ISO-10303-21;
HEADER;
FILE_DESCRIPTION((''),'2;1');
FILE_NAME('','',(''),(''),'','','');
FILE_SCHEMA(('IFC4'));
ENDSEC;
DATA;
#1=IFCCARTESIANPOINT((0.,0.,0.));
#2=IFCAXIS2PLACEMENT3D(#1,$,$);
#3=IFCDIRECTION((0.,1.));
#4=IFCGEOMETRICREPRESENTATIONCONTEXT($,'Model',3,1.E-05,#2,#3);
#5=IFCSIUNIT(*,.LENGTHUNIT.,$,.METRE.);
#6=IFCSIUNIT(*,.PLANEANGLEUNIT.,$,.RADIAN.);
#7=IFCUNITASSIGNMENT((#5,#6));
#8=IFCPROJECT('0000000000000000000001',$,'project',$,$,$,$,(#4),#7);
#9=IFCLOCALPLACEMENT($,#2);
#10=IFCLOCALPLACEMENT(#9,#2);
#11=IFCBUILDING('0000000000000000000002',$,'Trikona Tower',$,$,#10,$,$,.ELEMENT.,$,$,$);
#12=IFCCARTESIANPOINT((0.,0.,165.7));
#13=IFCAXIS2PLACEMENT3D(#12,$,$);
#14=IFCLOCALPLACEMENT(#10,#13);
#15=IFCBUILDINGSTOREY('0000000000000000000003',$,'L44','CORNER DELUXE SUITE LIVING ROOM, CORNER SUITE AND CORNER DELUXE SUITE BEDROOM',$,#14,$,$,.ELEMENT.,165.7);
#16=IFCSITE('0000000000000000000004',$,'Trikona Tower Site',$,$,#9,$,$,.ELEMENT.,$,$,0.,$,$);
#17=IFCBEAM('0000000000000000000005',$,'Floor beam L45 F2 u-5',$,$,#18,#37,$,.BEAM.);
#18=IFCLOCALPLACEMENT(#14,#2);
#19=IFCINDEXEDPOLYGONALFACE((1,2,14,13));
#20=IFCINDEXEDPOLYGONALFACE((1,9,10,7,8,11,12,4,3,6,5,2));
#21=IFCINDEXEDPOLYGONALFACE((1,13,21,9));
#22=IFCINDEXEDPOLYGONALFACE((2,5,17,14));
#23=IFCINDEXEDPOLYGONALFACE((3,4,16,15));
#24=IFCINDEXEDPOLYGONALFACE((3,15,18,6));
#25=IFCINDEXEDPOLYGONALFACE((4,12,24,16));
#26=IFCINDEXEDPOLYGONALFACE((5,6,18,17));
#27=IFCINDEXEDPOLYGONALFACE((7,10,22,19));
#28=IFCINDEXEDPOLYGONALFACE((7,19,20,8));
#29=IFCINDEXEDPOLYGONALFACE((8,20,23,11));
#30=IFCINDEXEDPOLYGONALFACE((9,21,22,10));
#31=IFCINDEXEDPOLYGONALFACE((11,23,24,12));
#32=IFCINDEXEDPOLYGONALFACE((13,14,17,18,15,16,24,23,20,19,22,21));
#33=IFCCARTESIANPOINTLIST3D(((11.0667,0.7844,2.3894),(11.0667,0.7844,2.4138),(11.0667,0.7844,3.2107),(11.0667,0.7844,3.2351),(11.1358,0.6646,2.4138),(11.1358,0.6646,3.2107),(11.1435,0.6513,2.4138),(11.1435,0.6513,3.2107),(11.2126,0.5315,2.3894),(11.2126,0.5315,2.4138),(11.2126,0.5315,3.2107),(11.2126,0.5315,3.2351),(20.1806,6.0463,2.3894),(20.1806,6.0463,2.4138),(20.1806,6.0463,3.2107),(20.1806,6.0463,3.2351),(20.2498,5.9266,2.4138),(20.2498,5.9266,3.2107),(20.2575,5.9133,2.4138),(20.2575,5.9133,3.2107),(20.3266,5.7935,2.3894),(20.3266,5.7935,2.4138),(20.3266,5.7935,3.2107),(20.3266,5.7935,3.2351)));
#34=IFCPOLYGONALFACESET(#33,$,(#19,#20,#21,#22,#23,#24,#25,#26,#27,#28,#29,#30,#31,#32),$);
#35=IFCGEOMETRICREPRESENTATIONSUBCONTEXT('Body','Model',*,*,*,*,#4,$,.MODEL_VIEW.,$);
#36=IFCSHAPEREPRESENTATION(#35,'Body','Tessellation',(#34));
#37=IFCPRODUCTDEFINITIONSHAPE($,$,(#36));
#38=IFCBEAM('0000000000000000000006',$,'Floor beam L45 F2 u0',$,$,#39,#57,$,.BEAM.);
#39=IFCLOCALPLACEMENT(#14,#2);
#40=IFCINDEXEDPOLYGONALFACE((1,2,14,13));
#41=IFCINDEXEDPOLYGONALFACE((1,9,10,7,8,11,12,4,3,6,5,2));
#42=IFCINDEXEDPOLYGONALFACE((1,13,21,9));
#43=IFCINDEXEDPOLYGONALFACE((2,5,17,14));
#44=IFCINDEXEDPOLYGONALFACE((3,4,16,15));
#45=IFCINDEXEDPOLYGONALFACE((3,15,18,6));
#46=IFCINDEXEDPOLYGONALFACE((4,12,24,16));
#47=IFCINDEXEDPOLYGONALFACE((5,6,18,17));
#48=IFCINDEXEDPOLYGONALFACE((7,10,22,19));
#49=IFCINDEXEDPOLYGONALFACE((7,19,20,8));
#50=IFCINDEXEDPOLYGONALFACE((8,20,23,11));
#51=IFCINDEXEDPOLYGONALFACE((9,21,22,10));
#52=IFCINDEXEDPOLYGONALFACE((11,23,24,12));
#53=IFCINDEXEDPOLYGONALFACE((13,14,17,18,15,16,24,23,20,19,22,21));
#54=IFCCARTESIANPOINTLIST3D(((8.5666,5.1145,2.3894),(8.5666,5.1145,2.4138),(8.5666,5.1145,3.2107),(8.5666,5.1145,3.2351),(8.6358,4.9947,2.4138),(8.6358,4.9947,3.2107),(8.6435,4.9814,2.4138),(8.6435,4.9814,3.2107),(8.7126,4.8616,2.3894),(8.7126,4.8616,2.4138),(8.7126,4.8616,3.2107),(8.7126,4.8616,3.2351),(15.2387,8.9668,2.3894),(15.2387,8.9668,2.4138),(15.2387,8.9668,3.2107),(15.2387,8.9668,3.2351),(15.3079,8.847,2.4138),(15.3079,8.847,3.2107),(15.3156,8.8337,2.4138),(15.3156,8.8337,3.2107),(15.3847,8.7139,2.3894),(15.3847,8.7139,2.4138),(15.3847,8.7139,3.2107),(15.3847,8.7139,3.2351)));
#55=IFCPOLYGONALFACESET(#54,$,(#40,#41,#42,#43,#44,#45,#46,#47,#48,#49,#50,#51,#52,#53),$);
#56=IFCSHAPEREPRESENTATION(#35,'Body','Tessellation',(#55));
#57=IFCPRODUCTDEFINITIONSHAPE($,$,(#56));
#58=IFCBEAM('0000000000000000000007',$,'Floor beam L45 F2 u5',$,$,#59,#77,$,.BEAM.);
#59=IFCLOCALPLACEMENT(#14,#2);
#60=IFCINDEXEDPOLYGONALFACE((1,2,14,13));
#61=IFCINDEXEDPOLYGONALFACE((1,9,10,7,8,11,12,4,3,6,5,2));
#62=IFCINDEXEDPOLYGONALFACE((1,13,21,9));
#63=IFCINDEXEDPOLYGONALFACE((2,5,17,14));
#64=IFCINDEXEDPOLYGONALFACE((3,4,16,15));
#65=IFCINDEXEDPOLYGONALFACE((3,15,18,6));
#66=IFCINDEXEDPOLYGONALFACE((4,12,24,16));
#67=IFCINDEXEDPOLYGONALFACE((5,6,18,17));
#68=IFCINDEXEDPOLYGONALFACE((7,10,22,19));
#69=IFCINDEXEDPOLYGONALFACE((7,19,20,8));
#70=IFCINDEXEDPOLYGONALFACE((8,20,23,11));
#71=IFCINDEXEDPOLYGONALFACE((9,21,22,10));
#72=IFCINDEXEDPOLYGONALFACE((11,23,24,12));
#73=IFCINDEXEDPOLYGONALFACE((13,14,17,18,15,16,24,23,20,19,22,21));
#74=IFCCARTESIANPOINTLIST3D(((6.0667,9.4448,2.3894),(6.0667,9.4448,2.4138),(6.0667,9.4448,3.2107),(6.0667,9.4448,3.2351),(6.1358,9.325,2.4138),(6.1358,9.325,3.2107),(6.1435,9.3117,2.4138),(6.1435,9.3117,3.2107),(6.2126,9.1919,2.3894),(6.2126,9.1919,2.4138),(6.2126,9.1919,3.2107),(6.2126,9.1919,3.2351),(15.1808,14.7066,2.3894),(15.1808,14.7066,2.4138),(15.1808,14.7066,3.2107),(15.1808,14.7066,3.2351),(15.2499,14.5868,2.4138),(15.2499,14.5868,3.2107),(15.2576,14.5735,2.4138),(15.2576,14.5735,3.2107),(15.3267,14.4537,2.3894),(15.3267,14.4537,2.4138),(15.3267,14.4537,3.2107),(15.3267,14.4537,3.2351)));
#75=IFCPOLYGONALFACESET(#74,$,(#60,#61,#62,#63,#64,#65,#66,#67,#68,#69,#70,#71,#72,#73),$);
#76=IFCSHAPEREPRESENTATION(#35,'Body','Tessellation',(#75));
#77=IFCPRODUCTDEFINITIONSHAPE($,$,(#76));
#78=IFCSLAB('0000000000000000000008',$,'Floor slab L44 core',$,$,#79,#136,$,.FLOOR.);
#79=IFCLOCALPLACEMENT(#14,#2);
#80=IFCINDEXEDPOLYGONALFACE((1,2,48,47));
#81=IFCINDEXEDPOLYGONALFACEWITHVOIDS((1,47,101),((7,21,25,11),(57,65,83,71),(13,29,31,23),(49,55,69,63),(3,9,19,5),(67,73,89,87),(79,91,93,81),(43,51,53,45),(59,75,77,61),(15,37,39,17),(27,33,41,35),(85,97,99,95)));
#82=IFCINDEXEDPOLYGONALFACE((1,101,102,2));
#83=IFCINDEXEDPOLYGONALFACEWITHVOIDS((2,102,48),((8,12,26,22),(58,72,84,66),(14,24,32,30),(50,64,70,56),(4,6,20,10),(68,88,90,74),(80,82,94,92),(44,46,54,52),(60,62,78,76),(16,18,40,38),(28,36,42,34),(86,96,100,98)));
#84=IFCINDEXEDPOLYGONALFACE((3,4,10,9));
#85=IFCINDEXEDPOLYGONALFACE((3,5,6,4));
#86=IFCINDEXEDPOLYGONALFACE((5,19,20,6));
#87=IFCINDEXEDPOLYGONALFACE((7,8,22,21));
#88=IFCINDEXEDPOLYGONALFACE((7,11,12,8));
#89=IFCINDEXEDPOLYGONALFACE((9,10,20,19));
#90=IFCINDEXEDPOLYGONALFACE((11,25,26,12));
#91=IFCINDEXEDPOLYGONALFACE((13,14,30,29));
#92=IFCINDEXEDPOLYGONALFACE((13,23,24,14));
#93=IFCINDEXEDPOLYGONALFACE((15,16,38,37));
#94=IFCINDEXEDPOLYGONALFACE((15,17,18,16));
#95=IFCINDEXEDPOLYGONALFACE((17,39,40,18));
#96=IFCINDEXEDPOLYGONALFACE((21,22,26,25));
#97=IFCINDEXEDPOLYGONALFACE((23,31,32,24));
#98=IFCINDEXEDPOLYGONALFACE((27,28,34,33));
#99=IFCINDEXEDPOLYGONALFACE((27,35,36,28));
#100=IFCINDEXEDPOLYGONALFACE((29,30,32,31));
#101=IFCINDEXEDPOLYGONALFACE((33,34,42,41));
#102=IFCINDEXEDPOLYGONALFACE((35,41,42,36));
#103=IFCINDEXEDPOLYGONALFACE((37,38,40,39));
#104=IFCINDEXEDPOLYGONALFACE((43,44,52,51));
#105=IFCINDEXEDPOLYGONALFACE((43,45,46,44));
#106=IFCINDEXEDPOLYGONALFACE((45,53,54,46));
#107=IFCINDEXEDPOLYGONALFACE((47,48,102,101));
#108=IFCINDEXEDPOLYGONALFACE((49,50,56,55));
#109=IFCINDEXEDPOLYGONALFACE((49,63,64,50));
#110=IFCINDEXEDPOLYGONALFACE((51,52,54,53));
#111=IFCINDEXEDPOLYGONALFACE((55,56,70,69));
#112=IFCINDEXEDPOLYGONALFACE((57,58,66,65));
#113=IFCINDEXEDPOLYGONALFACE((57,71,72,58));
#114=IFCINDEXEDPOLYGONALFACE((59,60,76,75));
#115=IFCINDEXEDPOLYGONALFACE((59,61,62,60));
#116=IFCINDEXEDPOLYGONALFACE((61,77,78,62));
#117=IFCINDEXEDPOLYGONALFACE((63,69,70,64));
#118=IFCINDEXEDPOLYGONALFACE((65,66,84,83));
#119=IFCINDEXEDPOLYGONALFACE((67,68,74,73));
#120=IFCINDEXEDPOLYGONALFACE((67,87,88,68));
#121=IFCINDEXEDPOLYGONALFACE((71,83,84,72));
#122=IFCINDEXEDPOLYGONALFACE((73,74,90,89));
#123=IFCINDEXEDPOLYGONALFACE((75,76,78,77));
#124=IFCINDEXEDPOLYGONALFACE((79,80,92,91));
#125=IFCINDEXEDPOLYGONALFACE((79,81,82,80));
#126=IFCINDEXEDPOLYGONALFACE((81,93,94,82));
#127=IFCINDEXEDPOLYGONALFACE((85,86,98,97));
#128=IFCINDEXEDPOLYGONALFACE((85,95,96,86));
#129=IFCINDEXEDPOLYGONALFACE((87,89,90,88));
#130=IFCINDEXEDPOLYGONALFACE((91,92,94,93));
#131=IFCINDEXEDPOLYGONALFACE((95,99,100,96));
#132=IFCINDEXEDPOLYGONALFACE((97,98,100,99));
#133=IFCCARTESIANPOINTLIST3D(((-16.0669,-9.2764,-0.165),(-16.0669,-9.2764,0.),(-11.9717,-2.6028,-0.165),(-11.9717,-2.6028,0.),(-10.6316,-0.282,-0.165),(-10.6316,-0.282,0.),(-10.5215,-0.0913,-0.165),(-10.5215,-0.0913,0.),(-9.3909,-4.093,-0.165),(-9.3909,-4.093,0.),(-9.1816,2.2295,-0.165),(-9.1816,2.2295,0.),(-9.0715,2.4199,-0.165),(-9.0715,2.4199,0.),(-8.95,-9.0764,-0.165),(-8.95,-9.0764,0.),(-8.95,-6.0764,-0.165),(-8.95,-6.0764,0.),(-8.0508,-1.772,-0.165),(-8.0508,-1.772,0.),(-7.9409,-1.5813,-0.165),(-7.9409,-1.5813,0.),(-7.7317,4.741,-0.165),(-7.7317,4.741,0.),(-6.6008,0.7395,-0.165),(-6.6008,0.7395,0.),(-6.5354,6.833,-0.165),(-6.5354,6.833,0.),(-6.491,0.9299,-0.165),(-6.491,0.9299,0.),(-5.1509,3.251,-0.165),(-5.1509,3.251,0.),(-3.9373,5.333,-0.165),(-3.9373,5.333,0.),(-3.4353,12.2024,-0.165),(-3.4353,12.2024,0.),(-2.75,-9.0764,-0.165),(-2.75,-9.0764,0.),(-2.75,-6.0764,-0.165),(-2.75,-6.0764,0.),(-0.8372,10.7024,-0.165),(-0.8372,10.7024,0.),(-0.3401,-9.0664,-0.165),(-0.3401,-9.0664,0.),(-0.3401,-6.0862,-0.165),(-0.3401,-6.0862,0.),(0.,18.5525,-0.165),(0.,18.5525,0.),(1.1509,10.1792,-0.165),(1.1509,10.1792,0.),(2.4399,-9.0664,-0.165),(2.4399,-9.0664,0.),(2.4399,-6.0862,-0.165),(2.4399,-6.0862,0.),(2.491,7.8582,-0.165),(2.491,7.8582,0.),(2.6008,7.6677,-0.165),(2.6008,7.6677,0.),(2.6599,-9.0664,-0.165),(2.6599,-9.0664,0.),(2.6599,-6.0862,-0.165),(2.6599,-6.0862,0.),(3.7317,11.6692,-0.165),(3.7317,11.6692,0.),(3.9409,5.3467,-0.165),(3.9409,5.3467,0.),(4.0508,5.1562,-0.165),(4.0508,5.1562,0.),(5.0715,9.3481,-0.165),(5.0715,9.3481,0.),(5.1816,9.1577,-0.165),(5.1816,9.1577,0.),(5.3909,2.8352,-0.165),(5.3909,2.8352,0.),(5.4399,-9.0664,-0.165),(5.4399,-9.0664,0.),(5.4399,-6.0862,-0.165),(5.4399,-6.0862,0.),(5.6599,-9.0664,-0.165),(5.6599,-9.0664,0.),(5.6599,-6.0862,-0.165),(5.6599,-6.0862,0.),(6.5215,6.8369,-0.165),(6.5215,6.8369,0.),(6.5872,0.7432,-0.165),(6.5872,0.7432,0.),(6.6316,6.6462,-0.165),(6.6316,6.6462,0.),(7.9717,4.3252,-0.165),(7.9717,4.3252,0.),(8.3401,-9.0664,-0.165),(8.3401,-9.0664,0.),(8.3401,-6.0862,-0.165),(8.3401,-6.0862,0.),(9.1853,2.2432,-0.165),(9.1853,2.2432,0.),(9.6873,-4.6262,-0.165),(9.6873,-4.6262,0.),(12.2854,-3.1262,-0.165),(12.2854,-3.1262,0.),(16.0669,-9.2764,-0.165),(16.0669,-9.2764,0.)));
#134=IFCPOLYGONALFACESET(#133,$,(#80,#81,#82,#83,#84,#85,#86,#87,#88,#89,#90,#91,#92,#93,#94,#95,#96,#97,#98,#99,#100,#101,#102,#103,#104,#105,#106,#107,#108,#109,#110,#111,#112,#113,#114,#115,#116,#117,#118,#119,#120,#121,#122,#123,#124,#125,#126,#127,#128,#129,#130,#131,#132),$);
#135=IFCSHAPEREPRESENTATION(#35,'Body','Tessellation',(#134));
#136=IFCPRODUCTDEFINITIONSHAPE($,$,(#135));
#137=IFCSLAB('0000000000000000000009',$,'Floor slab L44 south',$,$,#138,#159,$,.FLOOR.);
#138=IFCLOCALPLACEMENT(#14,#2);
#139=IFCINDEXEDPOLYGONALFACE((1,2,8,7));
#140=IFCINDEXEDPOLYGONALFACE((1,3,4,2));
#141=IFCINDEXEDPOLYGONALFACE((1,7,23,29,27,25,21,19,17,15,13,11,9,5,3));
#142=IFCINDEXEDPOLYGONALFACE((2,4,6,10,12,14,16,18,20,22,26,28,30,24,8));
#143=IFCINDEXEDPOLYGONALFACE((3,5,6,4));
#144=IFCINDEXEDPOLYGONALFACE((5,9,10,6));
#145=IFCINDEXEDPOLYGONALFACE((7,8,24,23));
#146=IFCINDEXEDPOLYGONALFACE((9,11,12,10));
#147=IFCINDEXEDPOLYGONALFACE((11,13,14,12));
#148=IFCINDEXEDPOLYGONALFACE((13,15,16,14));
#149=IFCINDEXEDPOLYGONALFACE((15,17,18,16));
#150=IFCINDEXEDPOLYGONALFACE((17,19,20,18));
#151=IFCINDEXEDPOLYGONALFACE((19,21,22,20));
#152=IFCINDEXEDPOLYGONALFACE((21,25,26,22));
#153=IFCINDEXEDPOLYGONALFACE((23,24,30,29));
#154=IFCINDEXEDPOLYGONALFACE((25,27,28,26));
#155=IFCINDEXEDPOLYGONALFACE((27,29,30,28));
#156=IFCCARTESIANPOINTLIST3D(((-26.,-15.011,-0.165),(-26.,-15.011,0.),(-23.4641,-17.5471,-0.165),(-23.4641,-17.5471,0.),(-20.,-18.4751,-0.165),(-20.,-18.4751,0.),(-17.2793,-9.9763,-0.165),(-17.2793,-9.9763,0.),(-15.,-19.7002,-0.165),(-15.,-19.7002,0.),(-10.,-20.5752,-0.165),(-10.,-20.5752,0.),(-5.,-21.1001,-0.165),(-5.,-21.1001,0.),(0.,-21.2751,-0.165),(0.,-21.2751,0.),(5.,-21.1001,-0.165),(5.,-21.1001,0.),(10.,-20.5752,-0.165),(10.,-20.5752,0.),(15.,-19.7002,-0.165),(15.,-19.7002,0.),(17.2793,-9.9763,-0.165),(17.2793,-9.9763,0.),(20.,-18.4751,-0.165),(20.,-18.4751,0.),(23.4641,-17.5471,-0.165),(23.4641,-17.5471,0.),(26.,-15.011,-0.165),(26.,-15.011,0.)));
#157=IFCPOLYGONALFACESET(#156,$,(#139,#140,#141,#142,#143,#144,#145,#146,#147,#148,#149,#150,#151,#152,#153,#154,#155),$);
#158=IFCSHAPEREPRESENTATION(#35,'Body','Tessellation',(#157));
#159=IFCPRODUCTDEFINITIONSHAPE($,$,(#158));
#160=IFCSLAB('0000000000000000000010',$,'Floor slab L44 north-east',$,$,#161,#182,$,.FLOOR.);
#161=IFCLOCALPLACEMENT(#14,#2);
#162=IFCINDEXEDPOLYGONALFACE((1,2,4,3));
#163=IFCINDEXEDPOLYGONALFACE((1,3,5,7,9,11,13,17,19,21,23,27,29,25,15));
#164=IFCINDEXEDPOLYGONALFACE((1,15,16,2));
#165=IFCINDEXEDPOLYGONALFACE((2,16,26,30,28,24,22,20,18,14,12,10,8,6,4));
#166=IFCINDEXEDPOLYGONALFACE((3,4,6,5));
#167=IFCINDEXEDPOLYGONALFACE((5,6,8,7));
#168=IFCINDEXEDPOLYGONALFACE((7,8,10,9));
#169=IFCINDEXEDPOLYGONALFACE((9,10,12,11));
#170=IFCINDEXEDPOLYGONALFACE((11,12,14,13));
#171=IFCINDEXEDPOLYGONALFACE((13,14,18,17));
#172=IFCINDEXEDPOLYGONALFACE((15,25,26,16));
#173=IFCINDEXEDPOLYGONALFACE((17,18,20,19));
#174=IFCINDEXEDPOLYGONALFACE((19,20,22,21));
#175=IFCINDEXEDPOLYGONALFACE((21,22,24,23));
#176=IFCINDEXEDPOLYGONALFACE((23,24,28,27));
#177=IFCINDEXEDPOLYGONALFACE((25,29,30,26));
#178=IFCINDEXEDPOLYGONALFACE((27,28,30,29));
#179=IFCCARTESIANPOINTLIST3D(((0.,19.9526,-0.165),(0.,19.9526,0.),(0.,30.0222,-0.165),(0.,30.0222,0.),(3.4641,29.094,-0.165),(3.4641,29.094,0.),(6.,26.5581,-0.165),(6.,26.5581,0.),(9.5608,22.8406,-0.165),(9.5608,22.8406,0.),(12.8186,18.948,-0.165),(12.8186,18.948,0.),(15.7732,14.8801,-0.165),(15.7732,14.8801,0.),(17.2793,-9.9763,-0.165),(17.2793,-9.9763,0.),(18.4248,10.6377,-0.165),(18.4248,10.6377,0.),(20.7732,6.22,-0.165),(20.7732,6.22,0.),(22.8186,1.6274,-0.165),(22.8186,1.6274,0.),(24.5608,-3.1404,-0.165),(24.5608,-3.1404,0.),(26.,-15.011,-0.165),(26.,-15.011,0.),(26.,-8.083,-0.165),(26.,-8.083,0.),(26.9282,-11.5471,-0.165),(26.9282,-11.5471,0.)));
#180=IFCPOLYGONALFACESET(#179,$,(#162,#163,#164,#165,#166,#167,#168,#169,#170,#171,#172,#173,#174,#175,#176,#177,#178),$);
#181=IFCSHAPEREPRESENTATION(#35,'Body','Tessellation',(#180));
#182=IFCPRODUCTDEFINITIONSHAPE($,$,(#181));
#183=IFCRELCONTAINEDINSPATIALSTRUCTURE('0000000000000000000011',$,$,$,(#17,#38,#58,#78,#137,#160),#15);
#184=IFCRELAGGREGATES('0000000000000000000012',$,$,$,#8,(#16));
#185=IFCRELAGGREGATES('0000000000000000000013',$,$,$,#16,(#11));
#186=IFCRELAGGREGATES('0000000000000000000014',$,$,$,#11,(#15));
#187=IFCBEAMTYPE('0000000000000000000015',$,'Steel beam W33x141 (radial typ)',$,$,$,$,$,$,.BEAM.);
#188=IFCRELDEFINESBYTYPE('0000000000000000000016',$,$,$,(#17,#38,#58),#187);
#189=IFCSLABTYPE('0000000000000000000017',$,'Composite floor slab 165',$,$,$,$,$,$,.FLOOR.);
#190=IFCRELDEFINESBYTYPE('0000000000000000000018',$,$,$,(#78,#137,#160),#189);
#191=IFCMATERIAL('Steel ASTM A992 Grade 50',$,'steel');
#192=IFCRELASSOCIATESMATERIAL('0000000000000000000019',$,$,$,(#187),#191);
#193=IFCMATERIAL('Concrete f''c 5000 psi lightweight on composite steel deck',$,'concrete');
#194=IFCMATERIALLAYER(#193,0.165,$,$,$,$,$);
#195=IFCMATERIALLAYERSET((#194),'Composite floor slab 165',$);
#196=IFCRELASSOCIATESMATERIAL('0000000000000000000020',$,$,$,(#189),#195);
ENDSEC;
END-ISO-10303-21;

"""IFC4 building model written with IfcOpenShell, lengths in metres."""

from ifc_helpers import new_model, si_unit, direction, frame, origin, origin_2d, place, context, subcontext, project, spatial, polyline, i_section, outline, extrude, material, layer, layer_set, material_profile, profile_set, type_object, element, save


model = new_model("IFC4")

# Units and contexts
model_context = context("Model", 3, precision=1e-05, world=origin(), true_north=direction((0.0, 1.0)))
body_context = subcontext(model_context, "Body", "Model", "MODEL_VIEW")
ifc_project = project(units=[si_unit("LENGTHUNIT", "METRE"), si_unit("PLANEANGLEUNIT", "RADIAN")], contexts=[model_context])

# Site, building, storey
site_placement = place(None, origin())
site = spatial("IfcSite", under=ifc_project, at=site_placement, Name="Trikona Tower Site", CompositionType="ELEMENT", RefElevation=0.0)
building_placement = place(site_placement, origin())
building = spatial("IfcBuilding", under=site, at=building_placement, Name="Trikona Tower", CompositionType="ELEMENT")
storey_placement = place(building_placement, frame((0.0, 0.0, 165.7)))
storey = spatial("IfcBuildingStorey", under=building, at=storey_placement, Name="L44", Description="CORNER DELUXE SUITE LIVING ROOM, CORNER SUITE AND CORNER DELUXE SUITE BEDROOM", CompositionType="ELEMENT", Elevation=165.7)

# Beams
ifc_material_1 = material(Name="Steel ASTM A992 Grade 50", Category="steel")
ifc_material_profile = material_profile(ifc_material_1, i_section(OverallWidth=0.292, OverallDepth=0.8457, WebThickness=0.0154, FlangeThickness=0.0244, at=origin_2d()), Name="W33X141")
ifc_profile_set = profile_set([ifc_material_profile], Name="Steel ASTM A992 Grade 50")
beam_type = type_object("IfcBeamType", Name="Steel beam W33x141 (radial typ)", PredefinedType="BEAM", material=ifc_profile_set)
beam_1_placement = place(storey_placement, frame((11.1396, 0.658, 2.8123), z_axis=(0.866026, 0.499999, 0.0), x_axis=(-0.499999, 0.866026, 0.0)))
element("IfcBeam", 1, at=beam_1_placement, inside=storey, type_object=beam_type, Name="Floor beam L45 F2 u-5", PredefinedType="BEAM", context=body_context, shape_type="SweptSolid", body=[
    extrude(i_section(OverallWidth=0.292, OverallDepth=0.8457, WebThickness=0.0154, FlangeThickness=0.0244, at=origin_2d()), origin(), (0.0, 0.0, 1.0), 10.5239),
])
beam_2_placement = place(storey_placement, frame((8.6396, 4.988, 2.8123), z_axis=(0.866017, 0.500014, 0.0), x_axis=(-0.500014, 0.866017, 0.0)))
element("IfcBeam", 2, at=beam_2_placement, inside=storey, type_object=beam_type, Name="Floor beam L45 F2 u0", PredefinedType="BEAM", context=body_context, shape_type="SweptSolid", body=[
    extrude(i_section(OverallWidth=0.292, OverallDepth=0.8457, WebThickness=0.0154, FlangeThickness=0.0244, at=origin_2d()), origin(), (0.0, 0.0, 1.0), 7.7043),
])
beam_3_placement = place(storey_placement, frame((6.1396, 9.3184, 2.8123), z_axis=(0.866036, 0.499982, 0.0), x_axis=(-0.499982, 0.866036, 0.0)))
element("IfcBeam", 3, at=beam_3_placement, inside=storey, type_object=beam_type, Name="Floor beam L45 F2 u5", PredefinedType="BEAM", context=body_context, shape_type="SweptSolid", body=[
    extrude(i_section(OverallWidth=0.292, OverallDepth=0.8457, WebThickness=0.0154, FlangeThickness=0.0244, at=origin_2d()), origin(), (0.0, 0.0, 1.0), 10.5239),
])

# Slabs
ifc_material_2 = material(Name="Concrete f'c 5000 psi lightweight on composite steel deck", Category="concrete")
ifc_layer_1 = layer(ifc_material_2, 0.165)
ifc_layer_set_1 = layer_set([ifc_layer_1], Name="Composite floor slab 165")
slab_type_1 = type_object("IfcSlabType", Name="Composite floor slab 165", PredefinedType="FLOOR", material=ifc_layer_set_1)
slab_1_placement = place(storey_placement, frame((0.0, 0.0, -0.165)))
element("IfcSlab", 4, at=slab_1_placement, inside=storey, type_object=slab_type_1, Name="Floor slab L44 core", PredefinedType="FLOOR", context=body_context, shape_type="SweptSolid", body=[
    extrude(outline(polyline([(-16.0669, -9.2764), (16.0669, -9.2764), (0.0, 18.5525), (-16.0669, -9.2764)]), holes=[polyline([(12.2854, -3.1262), (9.1853, 2.2432), (6.5872, 0.7432), (9.6873, -4.6262), (12.2854, -3.1262)]), polyline([(8.3401, -9.0664), (8.3401, -6.0862), (5.6599, -6.0862), (5.6599, -9.0664), (8.3401, -9.0664)]), polyline([(5.3909, 2.8352), (7.9717, 4.3252), (6.6316, 6.6462), (4.0508, 5.1562), (5.3909, 2.8352)]), polyline([(2.6008, 7.6677), (3.9409, 5.3467), (6.5215, 6.8369), (5.1816, 9.1577), (2.6008, 7.6677)]), polyline([(5.4399, -6.0862), (2.6599, -6.0862), (2.6599, -9.0664), (5.4399, -9.0664), (5.4399, -6.0862)]), polyline([(3.7317, 11.6692), (1.1509, 10.1792), (2.491, 7.8582), (5.0715, 9.3481), (3.7317, 11.6692)]), polyline([(-0.3401, -6.0862), (-0.3401, -9.0664), (2.4399, -9.0664), (2.4399, -6.0862), (-0.3401, -6.0862)]), polyline([(-3.4353, 12.2024), (-6.5354, 6.833), (-3.9373, 5.333), (-0.8372, 10.7024), (-3.4353, 12.2024)]), polyline([(-8.95, -9.0764), (-2.75, -9.0764), (-2.75, -6.0764), (-8.95, -6.0764), (-8.95, -9.0764)]), polyline([(-5.1509, 3.251), (-7.7317, 4.741), (-9.0715, 2.4199), (-6.491, 0.9299), (-5.1509, 3.251)]), polyline([(-7.9409, -1.5813), (-6.6008, 0.7395), (-9.1816, 2.2295), (-10.5215, -0.0913), (-7.9409, -1.5813)]), polyline([(-11.9717, -2.6028), (-9.3909, -4.093), (-8.0508, -1.772), (-10.6316, -0.282), (-11.9717, -2.6028)])]), origin(), (0.0, 0.0, 1.0), 0.165),
])
slab_2_placement = place(storey_placement, frame((0.0, 0.0, -0.165)))
element("IfcSlab", 5, at=slab_2_placement, inside=storey, type_object=slab_type_1, Name="Floor slab L44 south", PredefinedType="FLOOR", context=body_context, shape_type="SweptSolid", body=[
    extrude(outline(polyline([(23.4641, -17.5471), (26.0, -15.011), (17.2793, -9.9763), (-17.2793, -9.9763), (-26.0, -15.011), (-23.4641, -17.5471), (-20.0, -18.4751), (-15.0, -19.7002), (-10.0, -20.5752), (-5.0, -21.1001), (0.0, -21.2751), (5.0, -21.1001), (10.0, -20.5752), (15.0, -19.7002), (20.0, -18.4751), (23.4641, -17.5471)])), origin(), (0.0, 0.0, 1.0), 0.165),
])
slab_3_placement = place(storey_placement, frame((0.0, 0.0, -0.165)))
element("IfcSlab", 6, at=slab_3_placement, inside=storey, type_object=slab_type_1, Name="Floor slab L44 north-east", PredefinedType="FLOOR", context=body_context, shape_type="SweptSolid", body=[
    extrude(outline(polyline([(3.4641, 29.094), (0.0, 30.0222), (0.0, 19.9526), (17.2793, -9.9763), (26.0, -15.011), (26.9282, -11.5471), (26.0, -8.083), (24.5608, -3.1404), (22.8186, 1.6274), (20.7732, 6.22), (18.4248, 10.6377), (15.7732, 14.8801), (12.8186, 18.948), (9.5608, 22.8406), (6.0, 26.5581), (3.4641, 29.094)])), origin(), (0.0, 0.0, 1.0), 0.165),
])

save(model, "model.ifc")
